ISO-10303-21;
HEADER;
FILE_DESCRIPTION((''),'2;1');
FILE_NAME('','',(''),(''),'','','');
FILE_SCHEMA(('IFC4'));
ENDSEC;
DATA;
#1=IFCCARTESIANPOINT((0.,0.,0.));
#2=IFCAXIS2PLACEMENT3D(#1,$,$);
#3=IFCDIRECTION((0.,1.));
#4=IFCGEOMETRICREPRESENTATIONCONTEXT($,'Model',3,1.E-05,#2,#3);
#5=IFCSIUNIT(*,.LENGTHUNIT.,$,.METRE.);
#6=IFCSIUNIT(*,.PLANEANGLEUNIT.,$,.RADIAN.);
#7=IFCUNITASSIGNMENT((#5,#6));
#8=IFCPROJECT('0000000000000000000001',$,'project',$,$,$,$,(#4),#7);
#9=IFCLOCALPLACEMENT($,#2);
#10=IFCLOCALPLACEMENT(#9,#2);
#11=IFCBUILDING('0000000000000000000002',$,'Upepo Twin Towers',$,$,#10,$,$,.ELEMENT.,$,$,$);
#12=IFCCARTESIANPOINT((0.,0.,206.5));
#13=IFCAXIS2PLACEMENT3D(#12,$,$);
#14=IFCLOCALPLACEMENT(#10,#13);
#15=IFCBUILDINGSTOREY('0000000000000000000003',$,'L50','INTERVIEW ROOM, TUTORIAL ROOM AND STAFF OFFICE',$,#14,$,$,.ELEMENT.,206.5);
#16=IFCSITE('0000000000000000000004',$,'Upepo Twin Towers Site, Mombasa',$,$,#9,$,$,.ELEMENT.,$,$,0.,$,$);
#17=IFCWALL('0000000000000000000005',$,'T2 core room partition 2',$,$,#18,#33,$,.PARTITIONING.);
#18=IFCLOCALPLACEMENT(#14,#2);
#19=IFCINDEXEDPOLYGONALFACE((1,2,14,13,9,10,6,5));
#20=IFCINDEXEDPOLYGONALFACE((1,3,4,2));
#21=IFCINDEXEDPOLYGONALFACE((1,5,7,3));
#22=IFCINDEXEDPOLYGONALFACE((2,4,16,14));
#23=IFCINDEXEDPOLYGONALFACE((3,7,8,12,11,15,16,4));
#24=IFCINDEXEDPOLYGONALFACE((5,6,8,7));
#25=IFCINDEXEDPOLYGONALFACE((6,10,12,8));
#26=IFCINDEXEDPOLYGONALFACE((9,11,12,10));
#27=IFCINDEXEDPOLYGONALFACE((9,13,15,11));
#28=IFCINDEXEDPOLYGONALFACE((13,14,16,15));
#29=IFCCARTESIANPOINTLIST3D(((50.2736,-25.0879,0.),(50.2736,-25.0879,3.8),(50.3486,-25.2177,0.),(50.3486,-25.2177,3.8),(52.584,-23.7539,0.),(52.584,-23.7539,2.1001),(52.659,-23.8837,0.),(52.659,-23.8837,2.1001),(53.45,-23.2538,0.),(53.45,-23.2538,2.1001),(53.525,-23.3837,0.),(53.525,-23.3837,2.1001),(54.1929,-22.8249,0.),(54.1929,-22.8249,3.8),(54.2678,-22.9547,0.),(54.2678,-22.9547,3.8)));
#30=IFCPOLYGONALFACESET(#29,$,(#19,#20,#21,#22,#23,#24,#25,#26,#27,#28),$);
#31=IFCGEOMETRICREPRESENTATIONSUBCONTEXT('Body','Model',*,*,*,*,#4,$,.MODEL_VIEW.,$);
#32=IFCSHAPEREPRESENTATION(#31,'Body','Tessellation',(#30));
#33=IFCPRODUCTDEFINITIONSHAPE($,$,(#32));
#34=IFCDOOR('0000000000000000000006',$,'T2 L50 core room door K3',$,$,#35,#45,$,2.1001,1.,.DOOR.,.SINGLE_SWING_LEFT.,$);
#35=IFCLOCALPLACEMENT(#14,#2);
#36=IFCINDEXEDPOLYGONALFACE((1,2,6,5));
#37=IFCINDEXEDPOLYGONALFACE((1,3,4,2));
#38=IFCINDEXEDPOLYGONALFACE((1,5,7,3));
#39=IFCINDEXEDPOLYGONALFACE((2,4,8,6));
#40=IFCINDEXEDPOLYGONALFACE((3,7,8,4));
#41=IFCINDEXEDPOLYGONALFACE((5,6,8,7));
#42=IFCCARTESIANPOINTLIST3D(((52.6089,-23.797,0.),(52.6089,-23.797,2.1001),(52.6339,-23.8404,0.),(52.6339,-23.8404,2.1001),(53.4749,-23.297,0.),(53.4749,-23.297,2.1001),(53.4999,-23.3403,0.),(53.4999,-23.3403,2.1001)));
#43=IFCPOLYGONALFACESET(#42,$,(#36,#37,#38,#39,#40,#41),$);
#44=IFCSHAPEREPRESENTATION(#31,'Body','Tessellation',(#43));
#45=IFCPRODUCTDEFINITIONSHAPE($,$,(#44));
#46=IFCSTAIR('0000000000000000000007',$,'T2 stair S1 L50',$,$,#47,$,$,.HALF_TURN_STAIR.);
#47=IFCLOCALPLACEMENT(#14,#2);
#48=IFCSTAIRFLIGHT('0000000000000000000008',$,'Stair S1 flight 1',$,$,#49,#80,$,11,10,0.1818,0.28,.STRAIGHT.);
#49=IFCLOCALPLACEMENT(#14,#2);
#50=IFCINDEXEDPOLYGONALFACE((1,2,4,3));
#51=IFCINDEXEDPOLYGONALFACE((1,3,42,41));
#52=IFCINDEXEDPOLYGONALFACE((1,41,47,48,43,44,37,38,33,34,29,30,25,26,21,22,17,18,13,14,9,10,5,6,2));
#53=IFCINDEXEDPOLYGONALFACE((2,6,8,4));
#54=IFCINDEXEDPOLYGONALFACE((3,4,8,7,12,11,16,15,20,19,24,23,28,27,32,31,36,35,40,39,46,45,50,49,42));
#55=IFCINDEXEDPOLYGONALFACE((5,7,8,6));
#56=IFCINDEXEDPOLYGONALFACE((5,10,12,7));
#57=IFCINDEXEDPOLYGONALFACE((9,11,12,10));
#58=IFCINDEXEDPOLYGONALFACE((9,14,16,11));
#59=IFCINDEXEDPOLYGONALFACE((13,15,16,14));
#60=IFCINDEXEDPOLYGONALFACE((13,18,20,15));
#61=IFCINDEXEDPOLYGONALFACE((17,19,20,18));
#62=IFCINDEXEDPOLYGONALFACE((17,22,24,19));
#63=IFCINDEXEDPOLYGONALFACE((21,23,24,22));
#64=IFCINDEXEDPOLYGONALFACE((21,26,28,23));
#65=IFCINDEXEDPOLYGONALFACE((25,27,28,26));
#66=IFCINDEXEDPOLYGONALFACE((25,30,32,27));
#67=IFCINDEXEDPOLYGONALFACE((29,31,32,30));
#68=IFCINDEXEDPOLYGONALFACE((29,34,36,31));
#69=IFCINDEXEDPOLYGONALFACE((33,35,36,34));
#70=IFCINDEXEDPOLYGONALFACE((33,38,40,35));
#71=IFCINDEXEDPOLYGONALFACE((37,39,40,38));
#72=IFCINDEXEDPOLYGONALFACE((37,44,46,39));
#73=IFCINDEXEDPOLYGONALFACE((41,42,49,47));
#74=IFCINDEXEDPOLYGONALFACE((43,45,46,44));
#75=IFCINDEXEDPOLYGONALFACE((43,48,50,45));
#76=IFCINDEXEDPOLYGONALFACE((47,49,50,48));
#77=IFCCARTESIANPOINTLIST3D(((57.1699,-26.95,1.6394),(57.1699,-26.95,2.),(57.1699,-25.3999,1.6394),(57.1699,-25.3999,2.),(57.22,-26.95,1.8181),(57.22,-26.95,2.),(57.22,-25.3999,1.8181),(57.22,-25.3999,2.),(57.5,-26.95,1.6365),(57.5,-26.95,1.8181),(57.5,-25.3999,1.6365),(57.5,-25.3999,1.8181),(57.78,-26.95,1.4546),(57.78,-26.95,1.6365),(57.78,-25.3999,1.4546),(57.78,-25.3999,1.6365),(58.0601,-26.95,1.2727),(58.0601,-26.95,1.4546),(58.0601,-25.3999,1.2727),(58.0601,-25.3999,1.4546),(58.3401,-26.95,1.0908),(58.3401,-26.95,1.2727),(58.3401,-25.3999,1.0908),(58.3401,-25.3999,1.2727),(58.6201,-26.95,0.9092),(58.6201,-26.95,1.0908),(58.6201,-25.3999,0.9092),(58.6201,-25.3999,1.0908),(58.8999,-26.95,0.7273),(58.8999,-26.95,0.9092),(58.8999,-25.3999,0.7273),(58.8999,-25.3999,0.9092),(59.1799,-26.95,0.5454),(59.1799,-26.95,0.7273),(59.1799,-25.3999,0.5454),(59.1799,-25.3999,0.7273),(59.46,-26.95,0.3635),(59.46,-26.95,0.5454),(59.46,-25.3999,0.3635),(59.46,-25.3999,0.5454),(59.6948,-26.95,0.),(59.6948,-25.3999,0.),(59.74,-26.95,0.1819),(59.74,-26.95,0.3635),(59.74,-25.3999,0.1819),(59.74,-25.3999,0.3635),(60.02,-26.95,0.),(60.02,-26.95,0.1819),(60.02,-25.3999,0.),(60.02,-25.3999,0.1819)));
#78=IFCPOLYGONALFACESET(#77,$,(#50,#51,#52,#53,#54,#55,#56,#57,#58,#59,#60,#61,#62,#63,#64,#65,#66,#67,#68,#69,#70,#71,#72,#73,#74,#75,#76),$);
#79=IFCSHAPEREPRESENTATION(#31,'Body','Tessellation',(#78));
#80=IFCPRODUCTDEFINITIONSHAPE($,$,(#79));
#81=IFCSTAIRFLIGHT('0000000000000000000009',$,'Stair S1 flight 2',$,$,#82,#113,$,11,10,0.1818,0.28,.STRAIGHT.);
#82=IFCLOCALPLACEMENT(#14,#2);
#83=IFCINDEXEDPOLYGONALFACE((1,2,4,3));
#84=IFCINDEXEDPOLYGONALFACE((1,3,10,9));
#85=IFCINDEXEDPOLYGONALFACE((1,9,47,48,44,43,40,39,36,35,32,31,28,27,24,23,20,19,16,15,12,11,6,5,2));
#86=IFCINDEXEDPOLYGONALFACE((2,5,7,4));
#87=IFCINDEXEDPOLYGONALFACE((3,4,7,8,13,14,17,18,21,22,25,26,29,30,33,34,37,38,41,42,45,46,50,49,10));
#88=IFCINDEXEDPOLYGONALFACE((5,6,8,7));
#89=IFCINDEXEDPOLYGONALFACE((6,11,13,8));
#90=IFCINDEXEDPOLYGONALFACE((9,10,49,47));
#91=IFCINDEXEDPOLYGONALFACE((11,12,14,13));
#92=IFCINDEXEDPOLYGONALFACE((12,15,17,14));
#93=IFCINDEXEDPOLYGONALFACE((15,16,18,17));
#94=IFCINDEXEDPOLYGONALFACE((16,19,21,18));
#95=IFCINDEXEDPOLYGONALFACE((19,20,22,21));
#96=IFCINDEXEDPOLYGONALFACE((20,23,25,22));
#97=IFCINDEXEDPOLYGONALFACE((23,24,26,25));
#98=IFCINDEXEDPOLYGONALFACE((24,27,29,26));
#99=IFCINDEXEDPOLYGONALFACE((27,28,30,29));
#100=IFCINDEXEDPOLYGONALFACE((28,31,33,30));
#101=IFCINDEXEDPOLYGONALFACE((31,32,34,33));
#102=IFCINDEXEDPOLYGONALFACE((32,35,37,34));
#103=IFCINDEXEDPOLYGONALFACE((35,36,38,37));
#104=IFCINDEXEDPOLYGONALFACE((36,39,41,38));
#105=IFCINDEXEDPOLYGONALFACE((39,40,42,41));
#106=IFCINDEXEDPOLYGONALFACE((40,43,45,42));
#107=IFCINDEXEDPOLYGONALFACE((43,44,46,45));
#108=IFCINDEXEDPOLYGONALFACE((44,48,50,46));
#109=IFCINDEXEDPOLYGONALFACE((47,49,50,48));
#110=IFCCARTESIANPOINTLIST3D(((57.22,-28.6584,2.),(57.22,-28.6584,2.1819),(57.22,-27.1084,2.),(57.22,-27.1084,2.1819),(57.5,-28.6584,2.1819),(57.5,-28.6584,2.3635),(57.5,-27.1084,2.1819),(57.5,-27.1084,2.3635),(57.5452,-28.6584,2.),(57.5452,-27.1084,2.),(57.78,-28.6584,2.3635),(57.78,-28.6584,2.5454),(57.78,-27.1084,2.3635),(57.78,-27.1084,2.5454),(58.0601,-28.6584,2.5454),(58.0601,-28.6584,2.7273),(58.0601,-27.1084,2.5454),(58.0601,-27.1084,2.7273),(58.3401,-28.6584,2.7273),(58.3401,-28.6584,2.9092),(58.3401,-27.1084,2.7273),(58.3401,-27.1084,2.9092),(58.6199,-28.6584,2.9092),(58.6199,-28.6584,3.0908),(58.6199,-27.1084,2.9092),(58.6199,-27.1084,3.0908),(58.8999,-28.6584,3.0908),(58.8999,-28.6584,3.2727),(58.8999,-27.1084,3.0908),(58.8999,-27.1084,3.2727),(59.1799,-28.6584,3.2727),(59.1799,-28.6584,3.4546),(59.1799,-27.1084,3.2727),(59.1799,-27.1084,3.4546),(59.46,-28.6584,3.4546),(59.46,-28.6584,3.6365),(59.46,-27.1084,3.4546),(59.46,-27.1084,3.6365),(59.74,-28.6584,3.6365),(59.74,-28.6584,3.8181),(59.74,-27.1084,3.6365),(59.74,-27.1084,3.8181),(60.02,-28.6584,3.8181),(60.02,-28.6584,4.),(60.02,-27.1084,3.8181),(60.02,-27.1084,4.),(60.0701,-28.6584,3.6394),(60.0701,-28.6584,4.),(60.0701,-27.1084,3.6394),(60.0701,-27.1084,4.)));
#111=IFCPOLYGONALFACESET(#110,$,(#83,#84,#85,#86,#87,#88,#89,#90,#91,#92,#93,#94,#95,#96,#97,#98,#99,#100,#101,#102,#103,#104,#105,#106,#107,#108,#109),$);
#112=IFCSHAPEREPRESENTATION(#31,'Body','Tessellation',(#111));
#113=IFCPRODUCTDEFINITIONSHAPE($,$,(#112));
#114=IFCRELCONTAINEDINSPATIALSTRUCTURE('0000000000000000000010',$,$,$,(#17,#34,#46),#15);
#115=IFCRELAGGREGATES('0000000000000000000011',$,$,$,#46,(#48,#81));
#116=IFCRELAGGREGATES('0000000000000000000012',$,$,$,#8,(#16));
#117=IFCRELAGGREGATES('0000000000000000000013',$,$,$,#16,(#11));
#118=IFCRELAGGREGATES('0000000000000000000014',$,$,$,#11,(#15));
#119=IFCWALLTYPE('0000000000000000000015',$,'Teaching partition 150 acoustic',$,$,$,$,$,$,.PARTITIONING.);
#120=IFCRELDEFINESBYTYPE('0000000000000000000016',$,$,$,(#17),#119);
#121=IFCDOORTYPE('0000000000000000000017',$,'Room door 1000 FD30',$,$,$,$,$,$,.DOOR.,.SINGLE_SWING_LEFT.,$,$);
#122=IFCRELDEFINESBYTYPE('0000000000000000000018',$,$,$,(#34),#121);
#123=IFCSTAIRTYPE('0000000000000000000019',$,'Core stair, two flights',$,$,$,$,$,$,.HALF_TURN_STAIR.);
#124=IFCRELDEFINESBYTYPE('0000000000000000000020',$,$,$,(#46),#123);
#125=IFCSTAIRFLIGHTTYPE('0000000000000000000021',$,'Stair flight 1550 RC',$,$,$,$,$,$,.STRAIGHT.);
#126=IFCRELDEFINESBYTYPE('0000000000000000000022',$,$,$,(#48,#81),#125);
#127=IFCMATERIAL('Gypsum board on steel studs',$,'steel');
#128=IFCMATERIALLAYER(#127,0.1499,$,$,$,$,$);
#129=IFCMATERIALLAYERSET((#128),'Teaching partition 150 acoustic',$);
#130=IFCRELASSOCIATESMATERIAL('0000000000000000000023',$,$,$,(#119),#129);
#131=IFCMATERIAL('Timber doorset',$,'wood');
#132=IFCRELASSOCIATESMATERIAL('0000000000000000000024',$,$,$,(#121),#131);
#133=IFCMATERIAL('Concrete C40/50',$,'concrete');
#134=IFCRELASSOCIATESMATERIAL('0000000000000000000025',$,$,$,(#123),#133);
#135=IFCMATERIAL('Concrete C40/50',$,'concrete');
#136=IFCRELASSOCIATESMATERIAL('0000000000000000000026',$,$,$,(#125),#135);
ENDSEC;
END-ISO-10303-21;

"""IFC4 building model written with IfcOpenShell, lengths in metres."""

from ifc_helpers import new_model, si_unit, direction, frame, frame_2d, origin, place, context, subcontext, project, spatial, polyline, rectangle, outline, extrude, material, layer, layer_set, type_object, element, fill, aggregate, save


model = new_model("IFC4")

# Units and contexts
model_context = context("Model", 3, precision=1e-05, world=origin(), true_north=direction((0.0, 1.0)))
body_context = subcontext(model_context, "Body", "Model", "MODEL_VIEW")
ifc_project = project(units=[si_unit("LENGTHUNIT", "METRE"), si_unit("PLANEANGLEUNIT", "RADIAN")], contexts=[model_context])

# Site, building, storey
site_placement = place(None, origin())
site = spatial("IfcSite", under=ifc_project, at=site_placement, Name="Upepo Twin Towers Site, Mombasa", CompositionType="ELEMENT", RefElevation=0.0)
building_placement = place(site_placement, origin())
building = spatial("IfcBuilding", under=site, at=building_placement, Name="Upepo Twin Towers", CompositionType="ELEMENT")
storey_placement = place(building_placement, frame((0.0, 0.0, 206.5)))
storey = spatial("IfcBuildingStorey", under=building, at=storey_placement, Name="L50", Description="INTERVIEW ROOM, TUTORIAL ROOM AND STAFF OFFICE", CompositionType="ELEMENT", Elevation=206.5)

# Wall, opening, door
ifc_material_1 = material(Name="Gypsum board on steel studs", Category="steel")
ifc_layer_1 = layer(ifc_material_1, 0.1499)
ifc_layer_set_1 = layer_set([ifc_layer_1], Name="Teaching partition 150 acoustic")
wall_type_1 = type_object("IfcWallType", Name="Teaching partition 150 acoustic", PredefinedType="PARTITIONING", material=ifc_layer_set_1)
wall_1_placement = place(storey_placement, frame((54.2302, -22.8899, 0.0), z_axis=(0.0, 0.0, 1.0), x_axis=(-0.866007, -0.500032, 0.0)))
wall_1 = element("IfcWall", 1, at=wall_1_placement, inside=storey, type_object=wall_type_1, Name="T2 core room partition 2", PredefinedType="PARTITIONING", context=body_context, shape_type="SweptSolid", body=[
    extrude(rectangle(XDim=4.5256, YDim=0.1499, at=frame_2d((2.2627, 0.0))), origin(), (0.0, 0.0, 1.0), 3.8),
])
opening_1_placement = place(wall_1_placement, frame((0.8577, 0.0, 0.0)))
opening_1 = element("IfcOpeningElement", 2, at=opening_1_placement, cuts=wall_1, PredefinedType="OPENING", context=body_context, shape_type="SweptSolid", body=[
    extrude(rectangle(XDim=1.0, YDim=2.1001, at=frame_2d((0.5, 1.05))), frame((0.0, 0.085, 0.0), z_axis=(0.0, -1.0, 0.0), x_axis=(1.0, 0.0, 0.0)), (0.0, 0.0, 1.0), 0.1699),
])
ifc_material_2 = material(Name="Timber doorset", Category="wood")
door_type_1 = type_object("IfcDoorType", Name="Room door 1000 FD30", OperationType="SINGLE_SWING_LEFT", PredefinedType="DOOR", material=ifc_material_2)
door_1_placement = place(opening_1_placement, origin())
door_1 = element("IfcDoor", 3, at=door_1_placement, inside=storey, type_object=door_type_1, Name="T2 L50 core room door K3", OperationType="SINGLE_SWING_LEFT", OverallHeight=2.1001, OverallWidth=1.0, PredefinedType="DOOR", context=body_context, shape_type="SweptSolid", body=[
    extrude(rectangle(XDim=1.0, YDim=2.1001, at=frame_2d((0.5, 1.05))), frame((0.0, 0.0249, 0.0), z_axis=(0.0, -1.0, 0.0), x_axis=(1.0, 0.0, 0.0)), (0.0, 0.0, 1.0), 0.05),
])
fill(opening_1, door_1)

# Stair, stair flights
ifc_material_3 = material(Name="Concrete C40/50", Category="concrete")
stair_type = type_object("IfcStairType", Name="Core stair, two flights", PredefinedType="HALF_TURN_STAIR", material=ifc_material_3)
stair_placement = place(storey_placement, origin())
stair = element("IfcStair", 4, at=stair_placement, inside=storey, type_object=stair_type, Name="T2 stair S1 L50", PredefinedType="HALF_TURN_STAIR")
ifc_material_4 = material(Name="Concrete C40/50", Category="concrete")
stair_flight_type = type_object("IfcStairFlightType", Name="Stair flight 1550 RC", PredefinedType="STRAIGHT", material=ifc_material_4)
stair_flight_1_placement = place(storey_placement, frame((60.02, -26.175, 0.0), z_axis=(0.0, 0.0, 1.0), x_axis=(-1.0, 0.0, 0.0)))
stair_flight_1 = element("IfcStairFlight", 5, at=stair_flight_1_placement, type_object=stair_flight_type, Name="Stair S1 flight 1", NumberOfRisers=11, NumberOfTreads=10, PredefinedType="STRAIGHT", RiserHeight=0.1818, TreadLength=0.28, context=body_context, shape_type="SweptSolid", body=[
    extrude(outline(polyline([(0.0, 0.0), (0.0, 0.1819), (0.28, 0.1819), (0.28, 0.3635), (0.5601, 0.3635), (0.5601, 0.5454), (0.8401, 0.5454), (0.8401, 0.7273), (1.1201, 0.7273), (1.1201, 0.9092), (1.3999, 0.9092), (1.3999, 1.0908), (1.6799, 1.0908), (1.6799, 1.2727), (1.96, 1.2727), (1.96, 1.4546), (2.24, 1.4546), (2.24, 1.6365), (2.52, 1.6365), (2.52, 1.8181), (2.8, 1.8181), (2.8, 2.0), (2.8501, 2.0), (2.8501, 1.6394), (0.3252, 0.0), (0.0, 0.0)])), frame((0.0, 0.7749, 0.0), z_axis=(0.0, -1.0, 0.0), x_axis=(1.0, 0.0, 0.0)), (0.0, 0.0, 1.0), 1.55),
])
stair_flight_2_placement = place(storey_placement, frame((57.22, -27.8833, 2.0), z_axis=(0.0, 0.0, 1.0), x_axis=(1.0, 0.0, 0.0)))
stair_flight_2 = element("IfcStairFlight", 6, at=stair_flight_2_placement, type_object=stair_flight_type, Name="Stair S1 flight 2", NumberOfRisers=11, NumberOfTreads=10, PredefinedType="STRAIGHT", RiserHeight=0.1818, TreadLength=0.28, context=body_context, shape_type="SweptSolid", body=[
    extrude(outline(polyline([(0.0, 0.0), (0.0, 0.1819), (0.28, 0.1819), (0.28, 0.3635), (0.5601, 0.3635), (0.5601, 0.5454), (0.8401, 0.5454), (0.8401, 0.7273), (1.1201, 0.7273), (1.1201, 0.9092), (1.3999, 0.9092), (1.3999, 1.0908), (1.6799, 1.0908), (1.6799, 1.2727), (1.96, 1.2727), (1.96, 1.4546), (2.24, 1.4546), (2.24, 1.6365), (2.52, 1.6365), (2.52, 1.8181), (2.8, 1.8181), (2.8, 2.0), (2.8501, 2.0), (2.8501, 1.6394), (0.3252, 0.0), (0.0, 0.0)])), frame((0.0, 0.7749, 0.0), z_axis=(0.0, -1.0, 0.0), x_axis=(1.0, 0.0, 0.0)), (0.0, 0.0, 1.0), 1.55),
])
aggregate(stair, [stair_flight_1, stair_flight_2])

save(model, "model.ifc")
